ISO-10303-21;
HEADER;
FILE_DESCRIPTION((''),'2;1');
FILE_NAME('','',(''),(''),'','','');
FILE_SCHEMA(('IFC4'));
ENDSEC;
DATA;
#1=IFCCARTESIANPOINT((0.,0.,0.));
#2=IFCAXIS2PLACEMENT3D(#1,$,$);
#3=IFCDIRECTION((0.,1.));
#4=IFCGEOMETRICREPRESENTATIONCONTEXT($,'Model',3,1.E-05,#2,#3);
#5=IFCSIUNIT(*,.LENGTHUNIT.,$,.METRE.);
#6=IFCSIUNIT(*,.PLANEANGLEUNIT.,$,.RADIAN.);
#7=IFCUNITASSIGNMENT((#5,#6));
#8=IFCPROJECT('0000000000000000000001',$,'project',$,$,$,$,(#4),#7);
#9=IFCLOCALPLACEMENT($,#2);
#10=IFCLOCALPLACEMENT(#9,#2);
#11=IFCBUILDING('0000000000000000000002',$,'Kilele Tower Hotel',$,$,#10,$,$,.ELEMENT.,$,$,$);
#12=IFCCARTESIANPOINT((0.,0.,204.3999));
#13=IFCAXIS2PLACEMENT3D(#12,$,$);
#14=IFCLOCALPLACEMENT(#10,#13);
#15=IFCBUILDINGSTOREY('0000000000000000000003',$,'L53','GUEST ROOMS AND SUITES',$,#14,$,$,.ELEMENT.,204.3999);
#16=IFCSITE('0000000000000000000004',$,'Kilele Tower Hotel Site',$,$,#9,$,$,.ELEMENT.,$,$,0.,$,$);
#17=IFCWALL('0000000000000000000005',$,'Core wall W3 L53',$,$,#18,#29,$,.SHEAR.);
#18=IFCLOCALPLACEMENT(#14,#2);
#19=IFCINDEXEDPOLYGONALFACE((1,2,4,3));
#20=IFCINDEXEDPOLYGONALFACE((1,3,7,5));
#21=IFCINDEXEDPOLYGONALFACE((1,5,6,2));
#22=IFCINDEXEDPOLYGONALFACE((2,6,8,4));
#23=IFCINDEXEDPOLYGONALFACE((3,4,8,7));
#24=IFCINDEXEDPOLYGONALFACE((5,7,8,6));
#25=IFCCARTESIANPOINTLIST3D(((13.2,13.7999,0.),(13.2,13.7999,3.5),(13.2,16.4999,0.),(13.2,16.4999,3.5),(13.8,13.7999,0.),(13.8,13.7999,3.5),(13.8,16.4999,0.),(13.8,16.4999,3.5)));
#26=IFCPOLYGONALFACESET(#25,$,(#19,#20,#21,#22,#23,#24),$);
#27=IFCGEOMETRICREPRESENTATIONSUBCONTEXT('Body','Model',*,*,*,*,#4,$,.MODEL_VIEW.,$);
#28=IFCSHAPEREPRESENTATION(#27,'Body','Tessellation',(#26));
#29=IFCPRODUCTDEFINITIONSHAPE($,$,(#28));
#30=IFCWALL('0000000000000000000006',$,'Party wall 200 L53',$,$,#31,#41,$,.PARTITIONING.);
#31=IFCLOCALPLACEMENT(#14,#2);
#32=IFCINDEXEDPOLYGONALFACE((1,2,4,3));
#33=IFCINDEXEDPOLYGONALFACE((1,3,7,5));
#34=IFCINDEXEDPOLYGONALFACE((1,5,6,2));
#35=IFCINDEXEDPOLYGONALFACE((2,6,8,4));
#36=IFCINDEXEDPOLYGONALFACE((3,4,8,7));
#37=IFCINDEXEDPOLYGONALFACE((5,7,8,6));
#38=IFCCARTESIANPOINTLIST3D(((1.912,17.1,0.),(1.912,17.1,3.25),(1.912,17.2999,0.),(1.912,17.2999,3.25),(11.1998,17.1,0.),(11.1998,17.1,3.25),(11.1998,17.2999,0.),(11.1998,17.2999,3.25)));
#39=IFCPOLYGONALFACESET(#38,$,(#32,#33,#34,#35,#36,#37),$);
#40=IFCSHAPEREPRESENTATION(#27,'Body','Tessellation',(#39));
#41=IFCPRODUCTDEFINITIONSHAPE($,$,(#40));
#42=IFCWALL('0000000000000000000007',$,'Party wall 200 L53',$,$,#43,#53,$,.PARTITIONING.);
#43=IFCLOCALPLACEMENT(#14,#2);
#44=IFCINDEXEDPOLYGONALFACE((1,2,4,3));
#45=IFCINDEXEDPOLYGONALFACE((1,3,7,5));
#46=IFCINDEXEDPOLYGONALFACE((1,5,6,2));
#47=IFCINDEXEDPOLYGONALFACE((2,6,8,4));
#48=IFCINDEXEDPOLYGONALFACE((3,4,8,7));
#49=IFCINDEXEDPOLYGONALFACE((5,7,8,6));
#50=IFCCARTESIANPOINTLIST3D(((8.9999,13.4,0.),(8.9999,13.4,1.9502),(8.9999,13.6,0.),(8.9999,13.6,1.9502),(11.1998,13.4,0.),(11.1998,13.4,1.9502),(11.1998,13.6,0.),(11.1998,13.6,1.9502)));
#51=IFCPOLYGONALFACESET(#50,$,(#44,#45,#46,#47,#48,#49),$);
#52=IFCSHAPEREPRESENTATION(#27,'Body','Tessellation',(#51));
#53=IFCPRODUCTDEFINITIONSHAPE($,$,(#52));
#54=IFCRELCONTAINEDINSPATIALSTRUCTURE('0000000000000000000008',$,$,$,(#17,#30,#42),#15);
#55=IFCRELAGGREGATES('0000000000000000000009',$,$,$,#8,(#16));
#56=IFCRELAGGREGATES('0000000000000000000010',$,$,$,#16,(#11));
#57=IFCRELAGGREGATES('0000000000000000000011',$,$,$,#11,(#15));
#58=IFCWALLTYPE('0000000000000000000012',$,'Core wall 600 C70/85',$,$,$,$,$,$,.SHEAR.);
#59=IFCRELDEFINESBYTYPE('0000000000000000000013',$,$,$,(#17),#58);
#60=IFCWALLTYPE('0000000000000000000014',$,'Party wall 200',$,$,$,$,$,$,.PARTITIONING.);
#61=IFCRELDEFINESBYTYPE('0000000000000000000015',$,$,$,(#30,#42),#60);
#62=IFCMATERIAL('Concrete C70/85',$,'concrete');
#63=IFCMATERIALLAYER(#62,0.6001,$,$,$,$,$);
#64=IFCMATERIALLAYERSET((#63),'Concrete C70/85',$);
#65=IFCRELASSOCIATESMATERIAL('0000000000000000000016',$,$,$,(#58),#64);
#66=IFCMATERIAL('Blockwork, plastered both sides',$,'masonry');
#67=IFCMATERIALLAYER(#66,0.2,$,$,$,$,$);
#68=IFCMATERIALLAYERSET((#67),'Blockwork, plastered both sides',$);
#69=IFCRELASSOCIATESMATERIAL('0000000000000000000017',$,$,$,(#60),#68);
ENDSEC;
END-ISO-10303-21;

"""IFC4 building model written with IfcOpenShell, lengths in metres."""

from ifc_helpers import new_model, si_unit, direction, frame, frame_2d, origin, place, context, subcontext, project, spatial, rectangle, extrude, material, layer, layer_set, type_object, element, save


model = new_model("IFC4")

# Units and contexts
model_context = context("Model", 3, precision=1e-05, world=origin(), true_north=direction((0.0, 1.0)))
body_context = subcontext(model_context, "Body", "Model", "MODEL_VIEW")
ifc_project = project(units=[si_unit("LENGTHUNIT", "METRE"), si_unit("PLANEANGLEUNIT", "RADIAN")], contexts=[model_context])

# Site, building, storey
site_placement = place(None, origin())
site = spatial("IfcSite", under=ifc_project, at=site_placement, Name="Kilele Tower Hotel Site", CompositionType="ELEMENT", RefElevation=0.0)
building_placement = place(site_placement, origin())
building = spatial("IfcBuilding", under=site, at=building_placement, Name="Kilele Tower Hotel", CompositionType="ELEMENT")
storey_placement = place(building_placement, frame((0.0, 0.0, 204.3999)))
storey = spatial("IfcBuildingStorey", under=building, at=storey_placement, Name="L53", Description="GUEST ROOMS AND SUITES", CompositionType="ELEMENT", Elevation=204.3999)

# Shared definitions
ifc_material_1 = material(Name="Concrete C70/85", Category="concrete")
ifc_layer_1 = layer(ifc_material_1, 0.6001)
ifc_layer_set_1 = layer_set([ifc_layer_1], Name="Concrete C70/85")
wall_type_1 = type_object("IfcWallType", Name="Core wall 600 C70/85", PredefinedType="SHEAR", material=ifc_layer_set_1)

# Walls
wall_1_placement = place(storey_placement, frame((13.5, 16.5, 0.0), z_axis=(0.0, 0.0, 1.0), x_axis=(0.0, -1.0, 0.0)))
element("IfcWall", 1, at=wall_1_placement, inside=storey, type_object=wall_type_1, Name="Core wall W3 L53", PredefinedType="SHEAR", context=body_context, shape_type="SweptSolid", body=[
    extrude(rectangle(XDim=2.7, YDim=0.6001, at=frame_2d((1.3501, 0.0))), origin(), (0.0, 0.0, 1.0), 3.5),
])
ifc_material_2 = material(Name="Blockwork, plastered both sides", Category="masonry")
ifc_layer_2 = layer(ifc_material_2, 0.2)
ifc_layer_set_2 = layer_set([ifc_layer_2], Name="Blockwork, plastered both sides")
wall_type_2 = type_object("IfcWallType", Name="Party wall 200", PredefinedType="PARTITIONING", material=ifc_layer_set_2)
wall_2_placement = place(storey_placement, frame((11.2, 17.2, 0.0), z_axis=(0.0, 0.0, 1.0), x_axis=(-1.0, 0.0, 0.0)))
element("IfcWall", 2, at=wall_2_placement, inside=storey, type_object=wall_type_2, Name="Party wall 200 L53", PredefinedType="PARTITIONING", context=body_context, shape_type="SweptSolid", body=[
    extrude(rectangle(XDim=9.2878, YDim=0.2, at=frame_2d((4.644, 0.0))), origin(), (0.0, 0.0, 1.0), 3.25),
])
wall_3_placement = place(storey_placement, frame((11.2, 13.5, 0.0), z_axis=(0.0, 0.0, 1.0), x_axis=(-1.0, 0.0, 0.0)))
element("IfcWall", 3, at=wall_3_placement, inside=storey, type_object=wall_type_2, Name="Party wall 200 L53", PredefinedType="PARTITIONING", context=body_context, shape_type="SweptSolid", body=[
    extrude(rectangle(XDim=2.2, YDim=0.2, at=frame_2d((1.1001, 0.0))), origin(), (0.0, 0.0, 1.0), 1.9502),
])

save(model, "model.ifc")
